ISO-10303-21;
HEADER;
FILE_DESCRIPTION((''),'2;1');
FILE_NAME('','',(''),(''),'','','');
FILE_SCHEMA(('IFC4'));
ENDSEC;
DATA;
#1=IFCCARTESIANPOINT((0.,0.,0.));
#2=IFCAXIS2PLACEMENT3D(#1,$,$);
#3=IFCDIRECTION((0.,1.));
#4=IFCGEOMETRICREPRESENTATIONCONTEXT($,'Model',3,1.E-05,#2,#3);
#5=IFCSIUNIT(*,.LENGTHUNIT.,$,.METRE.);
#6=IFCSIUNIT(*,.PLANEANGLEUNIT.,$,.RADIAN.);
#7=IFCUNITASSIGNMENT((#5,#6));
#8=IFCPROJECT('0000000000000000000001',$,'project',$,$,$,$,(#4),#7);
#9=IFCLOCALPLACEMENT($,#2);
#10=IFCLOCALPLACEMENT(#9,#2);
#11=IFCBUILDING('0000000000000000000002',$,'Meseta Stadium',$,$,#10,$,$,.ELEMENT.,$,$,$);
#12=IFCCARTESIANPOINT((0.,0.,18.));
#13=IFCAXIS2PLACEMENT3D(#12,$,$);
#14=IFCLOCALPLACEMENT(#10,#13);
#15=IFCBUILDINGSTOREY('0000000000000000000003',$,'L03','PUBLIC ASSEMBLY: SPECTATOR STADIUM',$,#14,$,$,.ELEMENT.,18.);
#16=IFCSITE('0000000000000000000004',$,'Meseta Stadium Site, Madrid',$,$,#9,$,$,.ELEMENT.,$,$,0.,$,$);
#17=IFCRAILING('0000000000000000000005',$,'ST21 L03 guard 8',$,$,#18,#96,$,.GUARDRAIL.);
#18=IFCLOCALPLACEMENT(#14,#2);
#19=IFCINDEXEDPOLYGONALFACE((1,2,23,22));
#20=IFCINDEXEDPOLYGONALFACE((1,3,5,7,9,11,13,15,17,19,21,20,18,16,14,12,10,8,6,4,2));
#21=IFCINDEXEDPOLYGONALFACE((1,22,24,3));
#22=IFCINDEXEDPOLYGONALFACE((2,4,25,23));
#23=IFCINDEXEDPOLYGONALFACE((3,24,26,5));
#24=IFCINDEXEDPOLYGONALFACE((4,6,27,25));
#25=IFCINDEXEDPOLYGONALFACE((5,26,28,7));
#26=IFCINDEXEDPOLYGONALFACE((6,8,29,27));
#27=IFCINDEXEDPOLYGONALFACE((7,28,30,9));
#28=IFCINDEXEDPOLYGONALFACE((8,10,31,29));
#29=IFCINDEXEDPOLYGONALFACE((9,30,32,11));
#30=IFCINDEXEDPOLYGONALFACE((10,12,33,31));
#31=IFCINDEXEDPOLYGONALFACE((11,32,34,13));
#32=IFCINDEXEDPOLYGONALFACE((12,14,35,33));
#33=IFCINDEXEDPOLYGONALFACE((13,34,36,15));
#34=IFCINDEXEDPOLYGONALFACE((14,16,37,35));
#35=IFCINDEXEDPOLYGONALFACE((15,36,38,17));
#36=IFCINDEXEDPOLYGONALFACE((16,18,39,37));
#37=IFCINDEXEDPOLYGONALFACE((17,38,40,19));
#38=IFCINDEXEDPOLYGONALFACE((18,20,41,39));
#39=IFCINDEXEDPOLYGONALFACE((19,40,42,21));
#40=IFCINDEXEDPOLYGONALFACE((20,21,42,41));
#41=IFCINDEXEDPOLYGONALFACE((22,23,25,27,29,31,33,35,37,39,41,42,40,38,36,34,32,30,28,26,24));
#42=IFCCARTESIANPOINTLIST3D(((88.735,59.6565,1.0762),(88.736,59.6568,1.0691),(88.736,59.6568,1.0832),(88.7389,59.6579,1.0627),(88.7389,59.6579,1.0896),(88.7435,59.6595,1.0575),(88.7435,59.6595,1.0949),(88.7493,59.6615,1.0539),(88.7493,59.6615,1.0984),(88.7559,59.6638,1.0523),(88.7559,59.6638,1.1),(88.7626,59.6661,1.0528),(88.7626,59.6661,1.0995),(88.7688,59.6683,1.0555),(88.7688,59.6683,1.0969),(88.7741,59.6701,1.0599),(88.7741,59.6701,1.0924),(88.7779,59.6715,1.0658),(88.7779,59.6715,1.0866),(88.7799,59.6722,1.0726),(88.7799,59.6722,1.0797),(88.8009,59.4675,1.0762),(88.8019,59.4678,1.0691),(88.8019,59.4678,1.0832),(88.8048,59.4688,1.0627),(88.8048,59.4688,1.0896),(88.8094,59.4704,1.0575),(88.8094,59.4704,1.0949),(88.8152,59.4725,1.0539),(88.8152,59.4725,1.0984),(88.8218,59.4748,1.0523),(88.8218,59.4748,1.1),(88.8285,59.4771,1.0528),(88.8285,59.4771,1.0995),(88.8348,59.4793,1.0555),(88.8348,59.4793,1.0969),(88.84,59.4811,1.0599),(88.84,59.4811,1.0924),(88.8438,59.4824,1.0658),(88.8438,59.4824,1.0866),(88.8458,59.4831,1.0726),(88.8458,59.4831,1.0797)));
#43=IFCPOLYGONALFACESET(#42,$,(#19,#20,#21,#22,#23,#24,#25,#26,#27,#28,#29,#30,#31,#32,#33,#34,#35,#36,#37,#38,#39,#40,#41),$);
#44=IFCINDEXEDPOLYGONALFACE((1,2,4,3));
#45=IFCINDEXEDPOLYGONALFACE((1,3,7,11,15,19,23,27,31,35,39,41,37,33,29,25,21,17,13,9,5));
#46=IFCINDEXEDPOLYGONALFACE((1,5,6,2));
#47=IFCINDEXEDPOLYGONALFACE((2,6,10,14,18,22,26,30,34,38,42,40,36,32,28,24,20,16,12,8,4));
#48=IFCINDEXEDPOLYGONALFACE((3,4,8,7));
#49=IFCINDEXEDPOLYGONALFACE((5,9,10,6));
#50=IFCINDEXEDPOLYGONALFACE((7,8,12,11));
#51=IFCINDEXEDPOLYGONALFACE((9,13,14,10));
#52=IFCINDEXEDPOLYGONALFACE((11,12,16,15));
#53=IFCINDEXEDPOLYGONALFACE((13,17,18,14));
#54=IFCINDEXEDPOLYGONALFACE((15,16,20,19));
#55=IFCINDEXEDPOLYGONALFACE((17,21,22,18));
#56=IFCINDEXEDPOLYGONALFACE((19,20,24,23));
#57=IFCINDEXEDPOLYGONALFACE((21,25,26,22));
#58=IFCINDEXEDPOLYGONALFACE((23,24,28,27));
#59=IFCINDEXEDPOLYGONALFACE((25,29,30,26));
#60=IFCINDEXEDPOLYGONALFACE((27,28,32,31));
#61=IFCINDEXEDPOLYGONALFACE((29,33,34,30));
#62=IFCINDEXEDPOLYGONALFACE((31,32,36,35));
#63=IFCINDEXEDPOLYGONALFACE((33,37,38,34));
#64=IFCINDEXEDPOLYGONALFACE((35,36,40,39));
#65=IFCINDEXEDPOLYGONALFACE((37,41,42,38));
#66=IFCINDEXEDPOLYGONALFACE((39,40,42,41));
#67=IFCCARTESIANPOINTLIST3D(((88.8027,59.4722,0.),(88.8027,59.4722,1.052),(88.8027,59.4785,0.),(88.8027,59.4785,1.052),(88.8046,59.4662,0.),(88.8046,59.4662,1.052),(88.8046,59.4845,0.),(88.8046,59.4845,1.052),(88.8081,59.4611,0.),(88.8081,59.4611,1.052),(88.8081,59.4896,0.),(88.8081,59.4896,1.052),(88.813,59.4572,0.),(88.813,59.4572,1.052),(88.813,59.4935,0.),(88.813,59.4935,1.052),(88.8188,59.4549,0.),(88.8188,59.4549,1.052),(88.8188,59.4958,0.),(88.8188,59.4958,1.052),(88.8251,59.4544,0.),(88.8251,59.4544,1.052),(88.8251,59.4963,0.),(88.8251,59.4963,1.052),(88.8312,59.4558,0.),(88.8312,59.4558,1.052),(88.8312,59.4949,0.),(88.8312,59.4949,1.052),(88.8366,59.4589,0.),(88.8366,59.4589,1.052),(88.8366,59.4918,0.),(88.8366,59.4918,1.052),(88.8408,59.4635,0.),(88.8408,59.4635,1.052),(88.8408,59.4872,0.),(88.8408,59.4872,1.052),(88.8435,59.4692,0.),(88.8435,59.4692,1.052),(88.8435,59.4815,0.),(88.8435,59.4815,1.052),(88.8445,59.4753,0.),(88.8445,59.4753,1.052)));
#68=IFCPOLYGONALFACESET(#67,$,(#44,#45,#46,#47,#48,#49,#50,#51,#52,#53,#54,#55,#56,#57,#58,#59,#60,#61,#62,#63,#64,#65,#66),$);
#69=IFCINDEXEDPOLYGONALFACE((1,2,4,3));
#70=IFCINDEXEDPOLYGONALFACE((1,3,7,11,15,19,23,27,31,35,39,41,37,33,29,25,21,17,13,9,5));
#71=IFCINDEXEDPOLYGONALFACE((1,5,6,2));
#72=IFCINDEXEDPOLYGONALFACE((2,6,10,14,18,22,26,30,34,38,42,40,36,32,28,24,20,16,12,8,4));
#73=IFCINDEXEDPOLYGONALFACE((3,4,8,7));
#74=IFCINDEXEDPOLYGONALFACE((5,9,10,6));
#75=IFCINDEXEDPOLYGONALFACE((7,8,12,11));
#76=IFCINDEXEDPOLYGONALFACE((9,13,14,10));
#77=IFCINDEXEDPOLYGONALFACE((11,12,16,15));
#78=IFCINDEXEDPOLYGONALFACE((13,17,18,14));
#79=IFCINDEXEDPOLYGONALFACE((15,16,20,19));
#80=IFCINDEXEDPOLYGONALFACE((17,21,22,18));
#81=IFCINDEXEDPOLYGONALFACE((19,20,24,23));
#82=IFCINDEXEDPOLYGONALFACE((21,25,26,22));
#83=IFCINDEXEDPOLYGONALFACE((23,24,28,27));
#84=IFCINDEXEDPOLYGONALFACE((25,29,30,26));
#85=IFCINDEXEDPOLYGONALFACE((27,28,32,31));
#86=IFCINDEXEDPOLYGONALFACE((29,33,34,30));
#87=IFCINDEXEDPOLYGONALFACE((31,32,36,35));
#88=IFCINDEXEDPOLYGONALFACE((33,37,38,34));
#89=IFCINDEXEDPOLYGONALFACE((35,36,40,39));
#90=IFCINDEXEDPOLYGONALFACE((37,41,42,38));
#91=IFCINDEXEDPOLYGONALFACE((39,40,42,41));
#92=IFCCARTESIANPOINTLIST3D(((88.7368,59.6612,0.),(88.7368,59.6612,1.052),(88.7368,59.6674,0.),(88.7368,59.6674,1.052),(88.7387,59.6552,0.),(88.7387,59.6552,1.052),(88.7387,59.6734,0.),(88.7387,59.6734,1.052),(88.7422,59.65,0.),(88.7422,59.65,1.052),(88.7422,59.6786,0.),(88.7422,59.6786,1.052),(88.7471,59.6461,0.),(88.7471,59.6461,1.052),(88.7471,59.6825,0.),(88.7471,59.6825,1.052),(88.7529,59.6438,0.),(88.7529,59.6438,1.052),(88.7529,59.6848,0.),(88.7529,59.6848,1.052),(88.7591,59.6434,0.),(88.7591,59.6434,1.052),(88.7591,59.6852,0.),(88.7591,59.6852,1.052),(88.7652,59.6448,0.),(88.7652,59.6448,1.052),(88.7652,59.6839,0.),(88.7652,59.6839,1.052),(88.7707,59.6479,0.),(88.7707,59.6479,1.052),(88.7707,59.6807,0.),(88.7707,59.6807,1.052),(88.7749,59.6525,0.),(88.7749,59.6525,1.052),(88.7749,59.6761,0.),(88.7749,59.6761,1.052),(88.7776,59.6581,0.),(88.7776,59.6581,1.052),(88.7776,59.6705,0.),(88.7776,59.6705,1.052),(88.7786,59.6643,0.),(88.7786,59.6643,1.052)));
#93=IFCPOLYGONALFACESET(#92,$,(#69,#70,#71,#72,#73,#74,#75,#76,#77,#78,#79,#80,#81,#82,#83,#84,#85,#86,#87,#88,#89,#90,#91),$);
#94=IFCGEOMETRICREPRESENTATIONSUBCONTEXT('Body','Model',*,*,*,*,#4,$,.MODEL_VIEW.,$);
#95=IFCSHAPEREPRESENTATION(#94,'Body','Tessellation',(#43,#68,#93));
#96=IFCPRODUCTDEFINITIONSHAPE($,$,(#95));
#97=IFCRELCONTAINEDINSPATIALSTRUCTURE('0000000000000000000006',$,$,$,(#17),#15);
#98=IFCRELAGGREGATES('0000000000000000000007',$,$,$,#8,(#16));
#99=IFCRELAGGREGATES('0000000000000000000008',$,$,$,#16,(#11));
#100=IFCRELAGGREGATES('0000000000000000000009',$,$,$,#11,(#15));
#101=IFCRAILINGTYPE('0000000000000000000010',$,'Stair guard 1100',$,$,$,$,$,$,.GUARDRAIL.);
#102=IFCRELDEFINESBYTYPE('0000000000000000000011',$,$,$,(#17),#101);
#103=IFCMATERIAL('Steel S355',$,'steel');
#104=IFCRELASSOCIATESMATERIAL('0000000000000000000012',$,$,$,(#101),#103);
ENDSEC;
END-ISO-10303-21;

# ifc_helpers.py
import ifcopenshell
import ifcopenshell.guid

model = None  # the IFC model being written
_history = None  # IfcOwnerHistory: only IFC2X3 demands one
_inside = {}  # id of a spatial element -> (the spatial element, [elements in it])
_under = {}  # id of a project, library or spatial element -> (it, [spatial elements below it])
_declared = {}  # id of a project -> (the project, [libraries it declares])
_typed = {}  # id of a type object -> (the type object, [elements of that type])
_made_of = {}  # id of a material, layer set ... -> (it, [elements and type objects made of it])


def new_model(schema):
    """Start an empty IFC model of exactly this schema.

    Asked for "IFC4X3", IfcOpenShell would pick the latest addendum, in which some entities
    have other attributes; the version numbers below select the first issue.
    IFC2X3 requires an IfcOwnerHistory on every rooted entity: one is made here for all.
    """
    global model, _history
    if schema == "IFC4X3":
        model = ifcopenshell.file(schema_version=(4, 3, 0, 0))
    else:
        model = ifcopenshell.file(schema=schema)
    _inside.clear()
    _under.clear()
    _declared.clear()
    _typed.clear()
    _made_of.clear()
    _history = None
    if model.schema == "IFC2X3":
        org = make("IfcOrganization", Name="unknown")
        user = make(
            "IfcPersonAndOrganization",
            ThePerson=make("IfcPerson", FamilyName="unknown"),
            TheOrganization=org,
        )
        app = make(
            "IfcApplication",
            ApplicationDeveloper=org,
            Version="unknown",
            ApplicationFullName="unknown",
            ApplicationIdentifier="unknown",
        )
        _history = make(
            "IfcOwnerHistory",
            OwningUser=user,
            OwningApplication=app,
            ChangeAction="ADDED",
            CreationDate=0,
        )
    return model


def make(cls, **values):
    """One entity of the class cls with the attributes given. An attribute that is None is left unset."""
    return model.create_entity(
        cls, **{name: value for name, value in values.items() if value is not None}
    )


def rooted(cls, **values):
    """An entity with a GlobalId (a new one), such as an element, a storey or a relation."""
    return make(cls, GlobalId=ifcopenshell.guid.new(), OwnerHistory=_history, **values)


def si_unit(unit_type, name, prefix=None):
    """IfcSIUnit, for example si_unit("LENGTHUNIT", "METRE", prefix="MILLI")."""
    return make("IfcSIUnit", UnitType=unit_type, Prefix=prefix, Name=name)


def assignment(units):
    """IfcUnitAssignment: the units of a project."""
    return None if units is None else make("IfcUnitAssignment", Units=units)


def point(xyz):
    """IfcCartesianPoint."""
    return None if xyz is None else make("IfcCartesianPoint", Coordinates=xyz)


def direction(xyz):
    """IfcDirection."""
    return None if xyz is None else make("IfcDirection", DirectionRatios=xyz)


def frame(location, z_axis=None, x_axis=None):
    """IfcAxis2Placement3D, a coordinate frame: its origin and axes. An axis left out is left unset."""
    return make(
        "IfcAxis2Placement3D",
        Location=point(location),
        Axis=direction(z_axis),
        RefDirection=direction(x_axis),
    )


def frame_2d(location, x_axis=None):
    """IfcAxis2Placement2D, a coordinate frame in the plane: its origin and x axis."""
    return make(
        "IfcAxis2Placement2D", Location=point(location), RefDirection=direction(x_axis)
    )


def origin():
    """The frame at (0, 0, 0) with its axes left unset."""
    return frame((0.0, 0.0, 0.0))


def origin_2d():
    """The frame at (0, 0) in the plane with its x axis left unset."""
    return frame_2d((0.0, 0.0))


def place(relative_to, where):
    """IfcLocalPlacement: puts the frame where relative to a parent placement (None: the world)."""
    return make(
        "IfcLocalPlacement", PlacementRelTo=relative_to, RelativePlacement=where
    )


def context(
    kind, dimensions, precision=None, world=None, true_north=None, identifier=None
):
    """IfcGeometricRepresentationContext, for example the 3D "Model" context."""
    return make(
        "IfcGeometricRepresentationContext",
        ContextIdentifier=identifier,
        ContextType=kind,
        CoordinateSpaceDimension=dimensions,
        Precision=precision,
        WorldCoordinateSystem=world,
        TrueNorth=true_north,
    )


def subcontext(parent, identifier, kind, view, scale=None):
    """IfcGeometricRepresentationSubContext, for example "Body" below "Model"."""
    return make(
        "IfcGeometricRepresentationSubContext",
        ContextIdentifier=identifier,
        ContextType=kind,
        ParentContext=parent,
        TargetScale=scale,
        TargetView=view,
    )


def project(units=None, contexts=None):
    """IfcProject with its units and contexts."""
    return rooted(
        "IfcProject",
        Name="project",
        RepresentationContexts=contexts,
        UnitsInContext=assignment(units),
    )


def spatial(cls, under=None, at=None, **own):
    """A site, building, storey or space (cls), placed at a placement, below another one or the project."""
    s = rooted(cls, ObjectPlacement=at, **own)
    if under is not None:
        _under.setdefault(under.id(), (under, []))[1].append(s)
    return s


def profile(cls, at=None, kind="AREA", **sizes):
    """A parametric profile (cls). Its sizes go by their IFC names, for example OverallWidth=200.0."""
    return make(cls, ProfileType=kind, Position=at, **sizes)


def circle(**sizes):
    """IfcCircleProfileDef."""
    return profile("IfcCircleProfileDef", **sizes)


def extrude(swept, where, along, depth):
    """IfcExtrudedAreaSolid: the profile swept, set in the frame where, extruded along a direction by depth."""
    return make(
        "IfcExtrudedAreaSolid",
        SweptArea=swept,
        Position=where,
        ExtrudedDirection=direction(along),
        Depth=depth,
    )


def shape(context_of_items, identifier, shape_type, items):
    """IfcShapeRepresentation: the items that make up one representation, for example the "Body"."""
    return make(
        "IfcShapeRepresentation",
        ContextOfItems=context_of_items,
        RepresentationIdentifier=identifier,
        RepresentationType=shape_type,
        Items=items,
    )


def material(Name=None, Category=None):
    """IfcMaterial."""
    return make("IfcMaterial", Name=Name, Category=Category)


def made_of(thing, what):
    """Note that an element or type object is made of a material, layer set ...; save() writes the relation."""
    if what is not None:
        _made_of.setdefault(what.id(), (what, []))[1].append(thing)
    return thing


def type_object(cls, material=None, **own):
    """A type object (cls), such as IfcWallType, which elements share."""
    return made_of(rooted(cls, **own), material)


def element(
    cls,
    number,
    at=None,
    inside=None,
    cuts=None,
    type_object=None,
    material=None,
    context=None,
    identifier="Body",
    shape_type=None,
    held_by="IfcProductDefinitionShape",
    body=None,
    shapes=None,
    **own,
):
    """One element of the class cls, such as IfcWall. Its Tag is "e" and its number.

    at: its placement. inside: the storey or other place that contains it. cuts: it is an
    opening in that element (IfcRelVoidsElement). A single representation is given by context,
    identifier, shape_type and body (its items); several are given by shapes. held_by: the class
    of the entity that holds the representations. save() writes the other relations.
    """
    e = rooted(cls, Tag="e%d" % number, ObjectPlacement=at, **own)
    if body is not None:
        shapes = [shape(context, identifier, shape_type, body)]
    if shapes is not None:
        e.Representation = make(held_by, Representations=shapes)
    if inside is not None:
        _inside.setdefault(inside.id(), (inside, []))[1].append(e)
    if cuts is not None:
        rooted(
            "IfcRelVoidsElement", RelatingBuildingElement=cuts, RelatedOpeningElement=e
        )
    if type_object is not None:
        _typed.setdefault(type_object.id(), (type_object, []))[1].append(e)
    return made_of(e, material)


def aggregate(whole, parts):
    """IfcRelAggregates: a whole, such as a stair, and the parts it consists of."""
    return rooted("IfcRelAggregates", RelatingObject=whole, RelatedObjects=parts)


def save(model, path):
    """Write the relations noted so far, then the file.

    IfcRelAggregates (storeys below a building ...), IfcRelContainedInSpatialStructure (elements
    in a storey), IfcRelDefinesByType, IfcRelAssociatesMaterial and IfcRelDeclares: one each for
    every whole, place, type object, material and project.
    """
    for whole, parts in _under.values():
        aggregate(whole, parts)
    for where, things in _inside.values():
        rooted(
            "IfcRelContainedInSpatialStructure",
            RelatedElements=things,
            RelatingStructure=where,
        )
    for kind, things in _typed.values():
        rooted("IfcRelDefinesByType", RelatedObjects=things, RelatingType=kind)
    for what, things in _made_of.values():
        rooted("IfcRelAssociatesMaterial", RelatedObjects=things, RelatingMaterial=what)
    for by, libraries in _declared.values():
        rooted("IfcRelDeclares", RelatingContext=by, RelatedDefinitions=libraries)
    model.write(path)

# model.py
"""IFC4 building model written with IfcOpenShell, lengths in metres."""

from ifc_helpers import new_model, si_unit, direction, frame, origin, origin_2d, place, context, subcontext, project, spatial, circle, extrude, material, type_object, element, save


model = new_model("IFC4")

# Units and contexts
model_context = context("Model", 3, precision=1e-05, world=origin(), true_north=direction((0.0, 1.0)))
body_context = subcontext(model_context, "Body", "Model", "MODEL_VIEW")
ifc_project = project(units=[si_unit("LENGTHUNIT", "METRE"), si_unit("PLANEANGLEUNIT", "RADIAN")], contexts=[model_context])

# Site, building, storey
site_placement = place(None, origin())
site = spatial("IfcSite", under=ifc_project, at=site_placement, Name="Meseta Stadium Site, Madrid", CompositionType="ELEMENT", RefElevation=0.0)
building_placement = place(site_placement, origin())
building = spatial("IfcBuilding", under=site, at=building_placement, Name="Meseta Stadium", CompositionType="ELEMENT")
storey_placement = place(building_placement, frame((0.0, 0.0, 18.0)))
storey = spatial("IfcBuildingStorey", under=building, at=storey_placement, Name="L03", Description="PUBLIC ASSEMBLY: SPECTATOR STADIUM", CompositionType="ELEMENT", Elevation=18.0)

# Railing
ifc_material_1 = material(Name="Steel S355", Category="steel")
railing_type_1 = type_object("IfcRailingType", Name="Stair guard 1100", PredefinedType="GUARDRAIL", material=ifc_material_1)
railing_1_placement = place(storey_placement, frame((88.8235, 59.4753, 0.0)))
element("IfcRailing", 1, at=railing_1_placement, inside=storey, type_object=railing_type_1, Name="ST21 L03 guard 8", PredefinedType="GUARDRAIL", context=body_context, shape_type="SweptSolid", body=[
    extrude(circle(Radius=0.0239, at=origin_2d()), frame((0.0, 0.0, 1.0762), z_axis=(-0.329372, 0.9442, 0.0), x_axis=(-0.9442, -0.329372, 0.0)), (0.0, 0.0, 1.0), 0.2002),
    extrude(circle(Radius=0.021, at=origin_2d()), origin(), (0.0, 0.0, 1.0), 1.052),
    extrude(circle(Radius=0.021, at=origin_2d()), frame((-0.0659, 0.189, 0.0)), (0.0, 0.0, 1.0), 1.052),
])

save(model, "model.ifc")
